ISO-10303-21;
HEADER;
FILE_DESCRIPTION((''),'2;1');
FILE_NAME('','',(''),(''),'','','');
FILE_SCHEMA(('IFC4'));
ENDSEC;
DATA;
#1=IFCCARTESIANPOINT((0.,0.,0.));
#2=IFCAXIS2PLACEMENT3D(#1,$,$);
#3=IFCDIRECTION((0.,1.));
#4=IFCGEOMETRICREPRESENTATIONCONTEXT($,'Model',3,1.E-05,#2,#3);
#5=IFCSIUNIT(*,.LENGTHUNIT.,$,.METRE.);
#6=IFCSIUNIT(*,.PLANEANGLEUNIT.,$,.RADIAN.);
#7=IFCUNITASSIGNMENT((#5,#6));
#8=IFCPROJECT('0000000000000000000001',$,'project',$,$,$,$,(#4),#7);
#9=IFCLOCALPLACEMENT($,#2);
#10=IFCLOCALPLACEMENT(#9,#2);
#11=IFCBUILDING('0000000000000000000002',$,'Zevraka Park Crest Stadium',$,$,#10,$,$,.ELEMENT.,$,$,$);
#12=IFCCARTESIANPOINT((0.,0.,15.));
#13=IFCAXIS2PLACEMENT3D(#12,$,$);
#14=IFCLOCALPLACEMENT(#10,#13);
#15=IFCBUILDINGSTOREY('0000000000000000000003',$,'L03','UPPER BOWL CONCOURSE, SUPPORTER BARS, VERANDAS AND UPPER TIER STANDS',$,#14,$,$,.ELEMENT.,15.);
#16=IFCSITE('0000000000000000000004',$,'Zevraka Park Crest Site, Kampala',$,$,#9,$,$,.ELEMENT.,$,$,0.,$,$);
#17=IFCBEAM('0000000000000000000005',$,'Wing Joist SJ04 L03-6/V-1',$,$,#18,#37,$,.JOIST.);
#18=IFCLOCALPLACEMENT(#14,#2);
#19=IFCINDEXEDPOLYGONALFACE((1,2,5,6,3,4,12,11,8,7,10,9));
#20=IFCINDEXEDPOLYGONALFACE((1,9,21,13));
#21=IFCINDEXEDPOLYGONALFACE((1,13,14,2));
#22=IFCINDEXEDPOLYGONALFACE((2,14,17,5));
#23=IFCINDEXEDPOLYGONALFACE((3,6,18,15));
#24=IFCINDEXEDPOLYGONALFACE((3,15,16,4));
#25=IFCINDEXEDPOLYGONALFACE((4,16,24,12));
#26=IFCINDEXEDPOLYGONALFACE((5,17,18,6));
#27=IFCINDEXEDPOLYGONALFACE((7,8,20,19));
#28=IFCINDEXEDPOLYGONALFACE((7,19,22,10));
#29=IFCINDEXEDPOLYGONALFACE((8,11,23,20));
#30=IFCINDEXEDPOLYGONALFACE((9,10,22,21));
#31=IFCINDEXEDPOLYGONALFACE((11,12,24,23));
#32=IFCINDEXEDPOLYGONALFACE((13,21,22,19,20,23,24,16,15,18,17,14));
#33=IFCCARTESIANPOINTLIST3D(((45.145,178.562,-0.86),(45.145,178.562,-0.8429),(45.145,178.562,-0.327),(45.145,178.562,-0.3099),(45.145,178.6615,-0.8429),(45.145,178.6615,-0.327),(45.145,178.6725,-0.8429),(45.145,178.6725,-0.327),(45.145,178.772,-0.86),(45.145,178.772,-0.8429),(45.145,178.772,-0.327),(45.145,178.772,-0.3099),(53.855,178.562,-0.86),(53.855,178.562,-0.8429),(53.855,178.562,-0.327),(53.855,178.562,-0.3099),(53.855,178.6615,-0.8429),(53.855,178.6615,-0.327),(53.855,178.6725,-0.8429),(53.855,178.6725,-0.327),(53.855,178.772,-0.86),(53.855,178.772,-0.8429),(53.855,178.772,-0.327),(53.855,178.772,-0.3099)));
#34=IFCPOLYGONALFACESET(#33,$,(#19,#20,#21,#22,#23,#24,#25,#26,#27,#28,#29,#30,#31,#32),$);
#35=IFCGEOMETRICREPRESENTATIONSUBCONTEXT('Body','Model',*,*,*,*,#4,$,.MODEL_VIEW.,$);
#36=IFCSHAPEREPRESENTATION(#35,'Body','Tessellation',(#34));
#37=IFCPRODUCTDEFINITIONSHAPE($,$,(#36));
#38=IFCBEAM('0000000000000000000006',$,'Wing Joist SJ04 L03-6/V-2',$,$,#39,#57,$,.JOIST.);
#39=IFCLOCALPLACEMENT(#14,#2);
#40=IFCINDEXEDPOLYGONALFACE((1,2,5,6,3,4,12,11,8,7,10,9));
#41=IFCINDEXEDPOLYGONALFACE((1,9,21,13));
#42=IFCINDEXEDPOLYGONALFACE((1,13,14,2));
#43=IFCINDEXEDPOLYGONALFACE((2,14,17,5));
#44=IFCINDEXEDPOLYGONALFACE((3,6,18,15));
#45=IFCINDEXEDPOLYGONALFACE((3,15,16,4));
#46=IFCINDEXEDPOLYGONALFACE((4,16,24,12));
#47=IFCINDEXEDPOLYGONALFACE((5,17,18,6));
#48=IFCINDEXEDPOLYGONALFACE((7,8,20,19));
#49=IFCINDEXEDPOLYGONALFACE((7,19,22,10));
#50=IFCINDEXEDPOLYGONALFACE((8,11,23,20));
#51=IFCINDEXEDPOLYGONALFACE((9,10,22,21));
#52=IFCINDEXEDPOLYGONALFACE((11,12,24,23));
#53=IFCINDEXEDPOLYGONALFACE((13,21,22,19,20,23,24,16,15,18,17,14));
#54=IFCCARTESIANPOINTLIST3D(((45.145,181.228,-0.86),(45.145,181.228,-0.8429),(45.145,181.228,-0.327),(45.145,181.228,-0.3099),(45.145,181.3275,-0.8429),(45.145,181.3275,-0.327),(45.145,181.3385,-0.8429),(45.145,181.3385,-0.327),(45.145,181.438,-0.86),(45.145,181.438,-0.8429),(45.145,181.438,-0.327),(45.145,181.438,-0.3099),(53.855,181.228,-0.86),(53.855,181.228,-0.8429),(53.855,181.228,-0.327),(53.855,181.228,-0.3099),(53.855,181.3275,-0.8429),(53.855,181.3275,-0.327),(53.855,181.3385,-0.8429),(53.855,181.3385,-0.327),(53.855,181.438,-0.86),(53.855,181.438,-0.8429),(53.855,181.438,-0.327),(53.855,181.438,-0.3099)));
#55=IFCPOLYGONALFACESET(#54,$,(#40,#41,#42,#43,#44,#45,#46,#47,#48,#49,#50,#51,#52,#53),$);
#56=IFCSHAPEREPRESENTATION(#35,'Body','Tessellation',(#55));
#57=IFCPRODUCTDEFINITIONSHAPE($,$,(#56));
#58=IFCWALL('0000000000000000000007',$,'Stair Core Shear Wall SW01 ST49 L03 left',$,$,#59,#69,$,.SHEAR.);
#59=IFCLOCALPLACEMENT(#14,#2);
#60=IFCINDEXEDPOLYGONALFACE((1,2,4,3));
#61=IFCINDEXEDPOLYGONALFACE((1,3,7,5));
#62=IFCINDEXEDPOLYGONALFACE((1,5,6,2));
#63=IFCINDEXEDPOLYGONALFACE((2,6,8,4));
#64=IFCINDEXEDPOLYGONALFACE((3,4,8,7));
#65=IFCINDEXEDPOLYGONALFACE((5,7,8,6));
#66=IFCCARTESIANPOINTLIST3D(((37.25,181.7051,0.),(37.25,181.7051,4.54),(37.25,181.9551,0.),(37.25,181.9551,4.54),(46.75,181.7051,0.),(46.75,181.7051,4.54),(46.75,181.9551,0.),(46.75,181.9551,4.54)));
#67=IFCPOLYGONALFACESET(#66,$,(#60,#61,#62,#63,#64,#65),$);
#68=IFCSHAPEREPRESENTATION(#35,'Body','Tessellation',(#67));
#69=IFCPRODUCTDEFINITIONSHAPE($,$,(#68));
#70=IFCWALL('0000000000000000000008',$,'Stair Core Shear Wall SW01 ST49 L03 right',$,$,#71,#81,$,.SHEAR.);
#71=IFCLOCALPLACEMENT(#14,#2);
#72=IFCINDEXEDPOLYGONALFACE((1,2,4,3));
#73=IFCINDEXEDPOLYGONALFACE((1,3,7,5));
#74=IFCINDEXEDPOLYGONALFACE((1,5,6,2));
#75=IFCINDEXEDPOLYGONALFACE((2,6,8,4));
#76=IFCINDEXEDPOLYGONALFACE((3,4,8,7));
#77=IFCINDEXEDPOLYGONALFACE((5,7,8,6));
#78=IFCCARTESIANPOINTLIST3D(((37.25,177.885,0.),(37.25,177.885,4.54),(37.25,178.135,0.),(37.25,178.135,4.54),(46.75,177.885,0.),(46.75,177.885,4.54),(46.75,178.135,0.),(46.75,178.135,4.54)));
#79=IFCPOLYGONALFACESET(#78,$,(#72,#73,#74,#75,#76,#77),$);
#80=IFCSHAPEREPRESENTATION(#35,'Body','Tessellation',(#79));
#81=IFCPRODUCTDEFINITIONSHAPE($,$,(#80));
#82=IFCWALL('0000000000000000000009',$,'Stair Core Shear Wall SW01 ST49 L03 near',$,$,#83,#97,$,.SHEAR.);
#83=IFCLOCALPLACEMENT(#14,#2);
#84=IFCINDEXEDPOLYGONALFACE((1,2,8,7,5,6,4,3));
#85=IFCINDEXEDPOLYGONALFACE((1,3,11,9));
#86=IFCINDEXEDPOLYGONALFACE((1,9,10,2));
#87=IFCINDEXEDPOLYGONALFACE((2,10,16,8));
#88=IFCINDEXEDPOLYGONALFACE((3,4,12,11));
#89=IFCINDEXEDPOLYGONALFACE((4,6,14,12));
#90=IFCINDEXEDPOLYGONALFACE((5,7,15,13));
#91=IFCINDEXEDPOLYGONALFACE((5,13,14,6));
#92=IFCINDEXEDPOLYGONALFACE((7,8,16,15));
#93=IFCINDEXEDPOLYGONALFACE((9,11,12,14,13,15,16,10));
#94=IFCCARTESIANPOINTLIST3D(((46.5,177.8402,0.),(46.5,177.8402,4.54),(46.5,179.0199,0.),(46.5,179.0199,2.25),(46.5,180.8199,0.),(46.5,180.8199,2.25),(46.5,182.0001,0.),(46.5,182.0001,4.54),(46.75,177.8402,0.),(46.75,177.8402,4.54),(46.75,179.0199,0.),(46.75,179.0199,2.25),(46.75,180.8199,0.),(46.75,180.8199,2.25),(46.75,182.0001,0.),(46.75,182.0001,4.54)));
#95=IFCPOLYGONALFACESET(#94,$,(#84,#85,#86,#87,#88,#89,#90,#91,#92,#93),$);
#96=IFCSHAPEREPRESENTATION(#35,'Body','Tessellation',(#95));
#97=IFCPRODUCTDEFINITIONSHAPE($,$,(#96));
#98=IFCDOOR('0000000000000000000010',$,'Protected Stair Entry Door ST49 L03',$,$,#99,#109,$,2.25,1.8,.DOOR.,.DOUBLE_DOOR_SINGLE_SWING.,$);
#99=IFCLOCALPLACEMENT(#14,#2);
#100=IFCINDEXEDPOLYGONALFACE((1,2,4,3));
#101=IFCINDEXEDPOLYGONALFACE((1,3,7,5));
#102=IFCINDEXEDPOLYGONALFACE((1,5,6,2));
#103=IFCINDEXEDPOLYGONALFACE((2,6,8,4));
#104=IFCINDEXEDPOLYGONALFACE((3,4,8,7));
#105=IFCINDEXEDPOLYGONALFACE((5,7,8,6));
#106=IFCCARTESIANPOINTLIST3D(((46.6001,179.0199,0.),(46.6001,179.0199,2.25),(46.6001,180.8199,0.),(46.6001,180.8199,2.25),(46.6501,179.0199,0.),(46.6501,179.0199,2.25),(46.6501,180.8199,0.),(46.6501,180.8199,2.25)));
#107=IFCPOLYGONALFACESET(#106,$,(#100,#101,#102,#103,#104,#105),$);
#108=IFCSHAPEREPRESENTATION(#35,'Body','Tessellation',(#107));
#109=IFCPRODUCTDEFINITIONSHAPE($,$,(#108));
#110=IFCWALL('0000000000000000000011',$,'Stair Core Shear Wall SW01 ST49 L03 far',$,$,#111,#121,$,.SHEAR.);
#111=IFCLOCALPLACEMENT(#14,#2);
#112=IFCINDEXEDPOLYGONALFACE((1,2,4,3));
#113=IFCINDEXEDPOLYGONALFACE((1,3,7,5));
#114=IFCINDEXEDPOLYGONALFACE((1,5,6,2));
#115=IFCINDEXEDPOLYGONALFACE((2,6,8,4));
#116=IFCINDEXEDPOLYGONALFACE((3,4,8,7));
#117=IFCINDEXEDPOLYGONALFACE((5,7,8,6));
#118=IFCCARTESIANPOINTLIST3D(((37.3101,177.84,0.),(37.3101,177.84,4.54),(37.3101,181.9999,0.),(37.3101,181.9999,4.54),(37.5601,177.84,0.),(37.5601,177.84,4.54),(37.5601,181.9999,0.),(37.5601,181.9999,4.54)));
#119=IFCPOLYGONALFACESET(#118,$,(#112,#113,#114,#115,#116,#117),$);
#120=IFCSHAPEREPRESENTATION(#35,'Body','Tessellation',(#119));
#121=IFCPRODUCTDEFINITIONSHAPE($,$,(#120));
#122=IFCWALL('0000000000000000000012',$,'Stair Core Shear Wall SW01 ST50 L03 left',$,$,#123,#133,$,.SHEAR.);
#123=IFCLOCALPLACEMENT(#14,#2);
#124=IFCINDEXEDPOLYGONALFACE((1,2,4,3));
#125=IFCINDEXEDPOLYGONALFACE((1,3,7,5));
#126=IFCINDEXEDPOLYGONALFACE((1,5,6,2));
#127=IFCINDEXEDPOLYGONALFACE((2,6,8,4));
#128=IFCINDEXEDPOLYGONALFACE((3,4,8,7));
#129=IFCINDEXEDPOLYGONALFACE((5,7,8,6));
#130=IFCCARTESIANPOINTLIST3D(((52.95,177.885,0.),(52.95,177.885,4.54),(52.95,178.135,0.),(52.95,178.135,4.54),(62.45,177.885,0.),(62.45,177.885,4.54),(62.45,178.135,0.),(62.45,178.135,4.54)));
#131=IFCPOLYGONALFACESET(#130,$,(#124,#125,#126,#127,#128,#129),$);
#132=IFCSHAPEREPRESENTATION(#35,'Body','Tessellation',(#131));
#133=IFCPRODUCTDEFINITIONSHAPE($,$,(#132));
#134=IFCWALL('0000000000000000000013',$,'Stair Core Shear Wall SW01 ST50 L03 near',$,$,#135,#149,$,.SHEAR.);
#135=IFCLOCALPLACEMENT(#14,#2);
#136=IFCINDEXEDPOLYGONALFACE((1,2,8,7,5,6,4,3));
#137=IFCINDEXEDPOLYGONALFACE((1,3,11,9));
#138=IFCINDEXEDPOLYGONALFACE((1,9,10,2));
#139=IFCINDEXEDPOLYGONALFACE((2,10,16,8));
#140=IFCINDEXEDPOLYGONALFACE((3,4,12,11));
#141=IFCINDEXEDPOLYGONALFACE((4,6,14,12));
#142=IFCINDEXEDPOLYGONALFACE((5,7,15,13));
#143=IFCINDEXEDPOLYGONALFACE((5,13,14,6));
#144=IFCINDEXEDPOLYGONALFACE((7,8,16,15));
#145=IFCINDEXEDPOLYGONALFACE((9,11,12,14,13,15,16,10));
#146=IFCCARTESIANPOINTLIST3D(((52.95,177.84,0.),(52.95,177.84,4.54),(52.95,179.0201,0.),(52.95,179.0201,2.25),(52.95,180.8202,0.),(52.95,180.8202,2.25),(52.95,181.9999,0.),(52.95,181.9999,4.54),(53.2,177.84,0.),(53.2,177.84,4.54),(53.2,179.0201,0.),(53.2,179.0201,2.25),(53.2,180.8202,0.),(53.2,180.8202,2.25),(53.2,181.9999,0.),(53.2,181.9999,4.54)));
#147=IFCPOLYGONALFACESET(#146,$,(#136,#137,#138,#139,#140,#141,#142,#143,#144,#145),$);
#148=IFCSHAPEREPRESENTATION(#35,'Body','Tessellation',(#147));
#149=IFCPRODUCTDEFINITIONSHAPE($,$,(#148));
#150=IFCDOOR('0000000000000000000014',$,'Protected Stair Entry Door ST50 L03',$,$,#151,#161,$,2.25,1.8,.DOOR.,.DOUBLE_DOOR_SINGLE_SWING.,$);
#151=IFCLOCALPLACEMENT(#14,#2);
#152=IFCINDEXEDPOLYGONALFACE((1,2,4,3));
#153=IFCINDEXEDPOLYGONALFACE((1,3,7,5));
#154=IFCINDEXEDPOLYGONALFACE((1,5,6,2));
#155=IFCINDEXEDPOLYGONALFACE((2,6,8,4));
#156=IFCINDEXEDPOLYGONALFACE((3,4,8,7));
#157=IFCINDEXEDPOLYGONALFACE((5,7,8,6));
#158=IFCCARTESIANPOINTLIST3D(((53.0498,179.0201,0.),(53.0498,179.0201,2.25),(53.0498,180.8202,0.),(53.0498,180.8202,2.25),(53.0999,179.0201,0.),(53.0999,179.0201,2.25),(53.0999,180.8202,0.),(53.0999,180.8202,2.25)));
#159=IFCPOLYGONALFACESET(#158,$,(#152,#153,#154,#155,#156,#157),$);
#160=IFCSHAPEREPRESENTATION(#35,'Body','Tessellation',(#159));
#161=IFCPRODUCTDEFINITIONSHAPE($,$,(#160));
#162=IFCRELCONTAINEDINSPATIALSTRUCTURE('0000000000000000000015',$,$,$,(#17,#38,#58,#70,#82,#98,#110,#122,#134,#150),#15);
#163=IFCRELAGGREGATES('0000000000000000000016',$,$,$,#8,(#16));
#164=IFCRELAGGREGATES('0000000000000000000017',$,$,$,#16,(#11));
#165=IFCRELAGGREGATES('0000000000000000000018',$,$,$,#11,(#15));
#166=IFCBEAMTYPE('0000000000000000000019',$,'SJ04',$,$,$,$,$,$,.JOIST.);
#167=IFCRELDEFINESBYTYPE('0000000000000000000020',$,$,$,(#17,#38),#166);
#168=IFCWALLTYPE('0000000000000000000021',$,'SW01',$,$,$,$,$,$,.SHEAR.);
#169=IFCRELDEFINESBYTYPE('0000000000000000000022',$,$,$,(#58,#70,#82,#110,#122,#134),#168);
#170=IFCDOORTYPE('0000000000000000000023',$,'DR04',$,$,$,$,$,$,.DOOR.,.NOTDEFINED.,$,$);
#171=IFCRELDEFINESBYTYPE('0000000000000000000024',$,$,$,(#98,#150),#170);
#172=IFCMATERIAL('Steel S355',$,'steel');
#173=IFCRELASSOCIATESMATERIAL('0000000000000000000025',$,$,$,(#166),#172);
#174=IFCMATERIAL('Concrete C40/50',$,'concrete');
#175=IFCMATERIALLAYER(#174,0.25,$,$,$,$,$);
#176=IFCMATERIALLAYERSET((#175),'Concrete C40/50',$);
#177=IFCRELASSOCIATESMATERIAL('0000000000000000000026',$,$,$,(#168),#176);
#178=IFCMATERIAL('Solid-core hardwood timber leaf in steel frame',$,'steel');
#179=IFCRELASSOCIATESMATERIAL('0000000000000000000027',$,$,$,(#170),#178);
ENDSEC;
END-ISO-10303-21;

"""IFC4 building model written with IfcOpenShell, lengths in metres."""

from ifc_helpers import new_model, si_unit, direction, frame, frame_2d, origin, origin_2d, place, context, subcontext, project, spatial, rectangle, i_section, extrude, material, layer, layer_set, material_profile, profile_set, type_object, element, fill, save


model = new_model("IFC4")

# Units and contexts
model_context = context("Model", 3, precision=1e-05, world=origin(), true_north=direction((0.0, 1.0)))
body_context = subcontext(model_context, "Body", "Model", "MODEL_VIEW")
ifc_project = project(units=[si_unit("LENGTHUNIT", "METRE"), si_unit("PLANEANGLEUNIT", "RADIAN")], contexts=[model_context])

# Site, building, storey
site_placement = place(None, origin())
site = spatial("IfcSite", under=ifc_project, at=site_placement, Name="Zevraka Park Crest Site, Kampala", CompositionType="ELEMENT", RefElevation=0.0)
building_placement = place(site_placement, origin())
building = spatial("IfcBuilding", under=site, at=building_placement, Name="Zevraka Park Crest Stadium", CompositionType="ELEMENT")
storey_placement = place(building_placement, frame((0.0, 0.0, 15.0)))
storey = spatial("IfcBuildingStorey", under=building, at=storey_placement, Name="L03", Description="UPPER BOWL CONCOURSE, SUPPORTER BARS, VERANDAS AND UPPER TIER STANDS", CompositionType="ELEMENT", Elevation=15.0)

# Beams
ifc_material_1 = material(Name="Steel S355", Category="steel")
ifc_material_profile_1 = material_profile(ifc_material_1, i_section(OverallWidth=0.21, OverallDepth=0.55, WebThickness=0.011, FlangeThickness=0.0171, at=origin_2d()), Name="IPE 550")
ifc_profile_set_1 = profile_set([ifc_material_profile_1], Name="Steel S355")
beam_type_1 = type_object("IfcBeamType", Name="SJ04", PredefinedType="JOIST", material=ifc_profile_set_1)
for number, where, z_axis, x_axis, name in (
    (1, (45.145, 178.667, -0.585), (1.0, 0.0, 0.0), (0.0, 1.0, 0.0), "Wing Joist SJ04 L03-6/V-1"),
    (2, (45.145, 181.333, -0.585), (1.0, 0.0, 0.0), (0.0, 1.0, 0.0), "Wing Joist SJ04 L03-6/V-2"),
):
    element("IfcBeam", number, at=place(storey_placement, frame(where, z_axis=z_axis, x_axis=x_axis)), inside=storey, type_object=beam_type_1, Name=name, PredefinedType="JOIST", context=body_context, shape_type="SweptSolid", body=[
        extrude(i_section(OverallWidth=0.21, OverallDepth=0.55, WebThickness=0.011, FlangeThickness=0.0171, at=origin_2d()), origin(), (0.0, 0.0, 1.0), 8.71),
    ])

# Walls
ifc_material_2 = material(Name="Concrete C40/50", Category="concrete")
ifc_layer = layer(ifc_material_2, 0.25)
ifc_layer_set = layer_set([ifc_layer], Name="Concrete C40/50")
wall_type = type_object("IfcWallType", Name="SW01", PredefinedType="SHEAR", material=ifc_layer_set)
for number, where, z_axis, x_axis, name in (
    (3, (46.75, 181.8301, 0.0), (0.0, 0.0, 1.0), (-1.0, 0.0, 0.0), "Stair Core Shear Wall SW01 ST49 L03 left"),
    (4, (37.25, 178.01, 0.0), (0.0, 0.0, 1.0), (1.0, 0.0, 0.0), "Stair Core Shear Wall SW01 ST49 L03 right"),
):
    element("IfcWall", number, at=place(storey_placement, frame(where, z_axis=z_axis, x_axis=x_axis)), inside=storey, type_object=wall_type, Name=name, PredefinedType="SHEAR", context=body_context, shape_type="SweptSolid", body=[
        extrude(rectangle(XDim=9.5, YDim=0.25, at=frame_2d((4.75, 0.0))), origin(), (0.0, 0.0, 1.0), 4.54),
    ])

# Wall, opening, door
wall_1_placement = place(storey_placement, frame((46.625, 177.8401, 0.0), z_axis=(0.0, 0.0, 1.0), x_axis=(0.0, 1.0, 0.0)))
wall_1 = element("IfcWall", 5, at=wall_1_placement, inside=storey, type_object=wall_type, Name="Stair Core Shear Wall SW01 ST49 L03 near", PredefinedType="SHEAR", context=body_context, shape_type="SweptSolid", body=[
    extrude(rectangle(XDim=4.1599, YDim=0.25, at=frame_2d((2.0801, 0.0))), origin(), (0.0, 0.0, 1.0), 4.54),
])
opening_1_placement = place(wall_1_placement, frame((1.1799, 0.0, 0.0)))
opening_1 = element("IfcOpeningElement", 6, at=opening_1_placement, cuts=wall_1, PredefinedType="OPENING", context=body_context, shape_type="SweptSolid", body=[
    extrude(rectangle(XDim=1.8, YDim=2.25, at=frame_2d((0.8999, 1.125))), frame((0.0, 0.135, 0.0), z_axis=(0.0, -1.0, 0.0), x_axis=(1.0, 0.0, 0.0)), (0.0, 0.0, 1.0), 0.27),
])
ifc_material_3 = material(Name="Solid-core hardwood timber leaf in steel frame", Category="steel")
door_type = type_object("IfcDoorType", Name="DR04", OperationType="NOTDEFINED", PredefinedType="DOOR", material=ifc_material_3)
door_1_placement = place(opening_1_placement, origin())
door_1 = element("IfcDoor", 7, at=door_1_placement, inside=storey, type_object=door_type, Name="Protected Stair Entry Door ST49 L03", OperationType="DOUBLE_DOOR_SINGLE_SWING", OverallHeight=2.25, OverallWidth=1.8, PredefinedType="DOOR", context=body_context, shape_type="SweptSolid", body=[
    extrude(rectangle(XDim=1.8, YDim=2.25, at=frame_2d((0.8999, 1.125))), frame((0.0, 0.0249, 0.0), z_axis=(0.0, -1.0, 0.0), x_axis=(1.0, 0.0, 0.0)), (0.0, 0.0, 1.0), 0.05),
])
fill(opening_1, door_1)

# Walls
wall_2_placement = place(storey_placement, frame((37.4351, 182.0, 0.0), z_axis=(0.0, 0.0, 1.0), x_axis=(0.0, -1.0, 0.0)))
element("IfcWall", 8, at=wall_2_placement, inside=storey, type_object=wall_type, Name="Stair Core Shear Wall SW01 ST49 L03 far", PredefinedType="SHEAR", context=body_context, shape_type="SweptSolid", body=[
    extrude(rectangle(XDim=4.1599, YDim=0.25, at=frame_2d((2.0801, 0.0))), origin(), (0.0, 0.0, 1.0), 4.54),
])
wall_3_placement = place(storey_placement, frame((52.95, 178.01, 0.0), z_axis=(0.0, 0.0, 1.0), x_axis=(1.0, 0.0, 0.0)))
element("IfcWall", 9, at=wall_3_placement, inside=storey, type_object=wall_type, Name="Stair Core Shear Wall SW01 ST50 L03 left", PredefinedType="SHEAR", context=body_context, shape_type="SweptSolid", body=[
    extrude(rectangle(XDim=9.5, YDim=0.25, at=frame_2d((4.75, 0.0))), origin(), (0.0, 0.0, 1.0), 4.54),
])

# Wall, opening, door
wall_4_placement = place(storey_placement, frame((53.075, 182.0, 0.0), z_axis=(0.0, 0.0, 1.0), x_axis=(0.0, -1.0, 0.0)))
wall_4 = element("IfcWall", 10, at=wall_4_placement, inside=storey, type_object=wall_type, Name="Stair Core Shear Wall SW01 ST50 L03 near", PredefinedType="SHEAR", context=body_context, shape_type="SweptSolid", body=[
    extrude(rectangle(XDim=4.1599, YDim=0.25, at=frame_2d((2.0801, 0.0))), origin(), (0.0, 0.0, 1.0), 4.54),
])
opening_2_placement = place(wall_4_placement, frame((1.1799, 0.0, 0.0)))
opening_2 = element("IfcOpeningElement", 11, at=opening_2_placement, cuts=wall_4, PredefinedType="OPENING", context=body_context, shape_type="SweptSolid", body=[
    extrude(rectangle(XDim=1.8, YDim=2.25, at=frame_2d((0.8999, 1.125))), frame((0.0, 0.135, 0.0), z_axis=(0.0, -1.0, 0.0), x_axis=(1.0, 0.0, 0.0)), (0.0, 0.0, 1.0), 0.27),
])
door_2_placement = place(opening_2_placement, origin())
door_2 = element("IfcDoor", 12, at=door_2_placement, inside=storey, type_object=door_type, Name="Protected Stair Entry Door ST50 L03", OperationType="DOUBLE_DOOR_SINGLE_SWING", OverallHeight=2.25, OverallWidth=1.8, PredefinedType="DOOR", context=body_context, shape_type="SweptSolid", body=[
    extrude(rectangle(XDim=1.8, YDim=2.25, at=frame_2d((0.8999, 1.125))), frame((0.0, 0.0249, 0.0), z_axis=(0.0, -1.0, 0.0), x_axis=(1.0, 0.0, 0.0)), (0.0, 0.0, 1.0), 0.05),
])
fill(opening_2, door_2)

save(model, "model.ifc")
